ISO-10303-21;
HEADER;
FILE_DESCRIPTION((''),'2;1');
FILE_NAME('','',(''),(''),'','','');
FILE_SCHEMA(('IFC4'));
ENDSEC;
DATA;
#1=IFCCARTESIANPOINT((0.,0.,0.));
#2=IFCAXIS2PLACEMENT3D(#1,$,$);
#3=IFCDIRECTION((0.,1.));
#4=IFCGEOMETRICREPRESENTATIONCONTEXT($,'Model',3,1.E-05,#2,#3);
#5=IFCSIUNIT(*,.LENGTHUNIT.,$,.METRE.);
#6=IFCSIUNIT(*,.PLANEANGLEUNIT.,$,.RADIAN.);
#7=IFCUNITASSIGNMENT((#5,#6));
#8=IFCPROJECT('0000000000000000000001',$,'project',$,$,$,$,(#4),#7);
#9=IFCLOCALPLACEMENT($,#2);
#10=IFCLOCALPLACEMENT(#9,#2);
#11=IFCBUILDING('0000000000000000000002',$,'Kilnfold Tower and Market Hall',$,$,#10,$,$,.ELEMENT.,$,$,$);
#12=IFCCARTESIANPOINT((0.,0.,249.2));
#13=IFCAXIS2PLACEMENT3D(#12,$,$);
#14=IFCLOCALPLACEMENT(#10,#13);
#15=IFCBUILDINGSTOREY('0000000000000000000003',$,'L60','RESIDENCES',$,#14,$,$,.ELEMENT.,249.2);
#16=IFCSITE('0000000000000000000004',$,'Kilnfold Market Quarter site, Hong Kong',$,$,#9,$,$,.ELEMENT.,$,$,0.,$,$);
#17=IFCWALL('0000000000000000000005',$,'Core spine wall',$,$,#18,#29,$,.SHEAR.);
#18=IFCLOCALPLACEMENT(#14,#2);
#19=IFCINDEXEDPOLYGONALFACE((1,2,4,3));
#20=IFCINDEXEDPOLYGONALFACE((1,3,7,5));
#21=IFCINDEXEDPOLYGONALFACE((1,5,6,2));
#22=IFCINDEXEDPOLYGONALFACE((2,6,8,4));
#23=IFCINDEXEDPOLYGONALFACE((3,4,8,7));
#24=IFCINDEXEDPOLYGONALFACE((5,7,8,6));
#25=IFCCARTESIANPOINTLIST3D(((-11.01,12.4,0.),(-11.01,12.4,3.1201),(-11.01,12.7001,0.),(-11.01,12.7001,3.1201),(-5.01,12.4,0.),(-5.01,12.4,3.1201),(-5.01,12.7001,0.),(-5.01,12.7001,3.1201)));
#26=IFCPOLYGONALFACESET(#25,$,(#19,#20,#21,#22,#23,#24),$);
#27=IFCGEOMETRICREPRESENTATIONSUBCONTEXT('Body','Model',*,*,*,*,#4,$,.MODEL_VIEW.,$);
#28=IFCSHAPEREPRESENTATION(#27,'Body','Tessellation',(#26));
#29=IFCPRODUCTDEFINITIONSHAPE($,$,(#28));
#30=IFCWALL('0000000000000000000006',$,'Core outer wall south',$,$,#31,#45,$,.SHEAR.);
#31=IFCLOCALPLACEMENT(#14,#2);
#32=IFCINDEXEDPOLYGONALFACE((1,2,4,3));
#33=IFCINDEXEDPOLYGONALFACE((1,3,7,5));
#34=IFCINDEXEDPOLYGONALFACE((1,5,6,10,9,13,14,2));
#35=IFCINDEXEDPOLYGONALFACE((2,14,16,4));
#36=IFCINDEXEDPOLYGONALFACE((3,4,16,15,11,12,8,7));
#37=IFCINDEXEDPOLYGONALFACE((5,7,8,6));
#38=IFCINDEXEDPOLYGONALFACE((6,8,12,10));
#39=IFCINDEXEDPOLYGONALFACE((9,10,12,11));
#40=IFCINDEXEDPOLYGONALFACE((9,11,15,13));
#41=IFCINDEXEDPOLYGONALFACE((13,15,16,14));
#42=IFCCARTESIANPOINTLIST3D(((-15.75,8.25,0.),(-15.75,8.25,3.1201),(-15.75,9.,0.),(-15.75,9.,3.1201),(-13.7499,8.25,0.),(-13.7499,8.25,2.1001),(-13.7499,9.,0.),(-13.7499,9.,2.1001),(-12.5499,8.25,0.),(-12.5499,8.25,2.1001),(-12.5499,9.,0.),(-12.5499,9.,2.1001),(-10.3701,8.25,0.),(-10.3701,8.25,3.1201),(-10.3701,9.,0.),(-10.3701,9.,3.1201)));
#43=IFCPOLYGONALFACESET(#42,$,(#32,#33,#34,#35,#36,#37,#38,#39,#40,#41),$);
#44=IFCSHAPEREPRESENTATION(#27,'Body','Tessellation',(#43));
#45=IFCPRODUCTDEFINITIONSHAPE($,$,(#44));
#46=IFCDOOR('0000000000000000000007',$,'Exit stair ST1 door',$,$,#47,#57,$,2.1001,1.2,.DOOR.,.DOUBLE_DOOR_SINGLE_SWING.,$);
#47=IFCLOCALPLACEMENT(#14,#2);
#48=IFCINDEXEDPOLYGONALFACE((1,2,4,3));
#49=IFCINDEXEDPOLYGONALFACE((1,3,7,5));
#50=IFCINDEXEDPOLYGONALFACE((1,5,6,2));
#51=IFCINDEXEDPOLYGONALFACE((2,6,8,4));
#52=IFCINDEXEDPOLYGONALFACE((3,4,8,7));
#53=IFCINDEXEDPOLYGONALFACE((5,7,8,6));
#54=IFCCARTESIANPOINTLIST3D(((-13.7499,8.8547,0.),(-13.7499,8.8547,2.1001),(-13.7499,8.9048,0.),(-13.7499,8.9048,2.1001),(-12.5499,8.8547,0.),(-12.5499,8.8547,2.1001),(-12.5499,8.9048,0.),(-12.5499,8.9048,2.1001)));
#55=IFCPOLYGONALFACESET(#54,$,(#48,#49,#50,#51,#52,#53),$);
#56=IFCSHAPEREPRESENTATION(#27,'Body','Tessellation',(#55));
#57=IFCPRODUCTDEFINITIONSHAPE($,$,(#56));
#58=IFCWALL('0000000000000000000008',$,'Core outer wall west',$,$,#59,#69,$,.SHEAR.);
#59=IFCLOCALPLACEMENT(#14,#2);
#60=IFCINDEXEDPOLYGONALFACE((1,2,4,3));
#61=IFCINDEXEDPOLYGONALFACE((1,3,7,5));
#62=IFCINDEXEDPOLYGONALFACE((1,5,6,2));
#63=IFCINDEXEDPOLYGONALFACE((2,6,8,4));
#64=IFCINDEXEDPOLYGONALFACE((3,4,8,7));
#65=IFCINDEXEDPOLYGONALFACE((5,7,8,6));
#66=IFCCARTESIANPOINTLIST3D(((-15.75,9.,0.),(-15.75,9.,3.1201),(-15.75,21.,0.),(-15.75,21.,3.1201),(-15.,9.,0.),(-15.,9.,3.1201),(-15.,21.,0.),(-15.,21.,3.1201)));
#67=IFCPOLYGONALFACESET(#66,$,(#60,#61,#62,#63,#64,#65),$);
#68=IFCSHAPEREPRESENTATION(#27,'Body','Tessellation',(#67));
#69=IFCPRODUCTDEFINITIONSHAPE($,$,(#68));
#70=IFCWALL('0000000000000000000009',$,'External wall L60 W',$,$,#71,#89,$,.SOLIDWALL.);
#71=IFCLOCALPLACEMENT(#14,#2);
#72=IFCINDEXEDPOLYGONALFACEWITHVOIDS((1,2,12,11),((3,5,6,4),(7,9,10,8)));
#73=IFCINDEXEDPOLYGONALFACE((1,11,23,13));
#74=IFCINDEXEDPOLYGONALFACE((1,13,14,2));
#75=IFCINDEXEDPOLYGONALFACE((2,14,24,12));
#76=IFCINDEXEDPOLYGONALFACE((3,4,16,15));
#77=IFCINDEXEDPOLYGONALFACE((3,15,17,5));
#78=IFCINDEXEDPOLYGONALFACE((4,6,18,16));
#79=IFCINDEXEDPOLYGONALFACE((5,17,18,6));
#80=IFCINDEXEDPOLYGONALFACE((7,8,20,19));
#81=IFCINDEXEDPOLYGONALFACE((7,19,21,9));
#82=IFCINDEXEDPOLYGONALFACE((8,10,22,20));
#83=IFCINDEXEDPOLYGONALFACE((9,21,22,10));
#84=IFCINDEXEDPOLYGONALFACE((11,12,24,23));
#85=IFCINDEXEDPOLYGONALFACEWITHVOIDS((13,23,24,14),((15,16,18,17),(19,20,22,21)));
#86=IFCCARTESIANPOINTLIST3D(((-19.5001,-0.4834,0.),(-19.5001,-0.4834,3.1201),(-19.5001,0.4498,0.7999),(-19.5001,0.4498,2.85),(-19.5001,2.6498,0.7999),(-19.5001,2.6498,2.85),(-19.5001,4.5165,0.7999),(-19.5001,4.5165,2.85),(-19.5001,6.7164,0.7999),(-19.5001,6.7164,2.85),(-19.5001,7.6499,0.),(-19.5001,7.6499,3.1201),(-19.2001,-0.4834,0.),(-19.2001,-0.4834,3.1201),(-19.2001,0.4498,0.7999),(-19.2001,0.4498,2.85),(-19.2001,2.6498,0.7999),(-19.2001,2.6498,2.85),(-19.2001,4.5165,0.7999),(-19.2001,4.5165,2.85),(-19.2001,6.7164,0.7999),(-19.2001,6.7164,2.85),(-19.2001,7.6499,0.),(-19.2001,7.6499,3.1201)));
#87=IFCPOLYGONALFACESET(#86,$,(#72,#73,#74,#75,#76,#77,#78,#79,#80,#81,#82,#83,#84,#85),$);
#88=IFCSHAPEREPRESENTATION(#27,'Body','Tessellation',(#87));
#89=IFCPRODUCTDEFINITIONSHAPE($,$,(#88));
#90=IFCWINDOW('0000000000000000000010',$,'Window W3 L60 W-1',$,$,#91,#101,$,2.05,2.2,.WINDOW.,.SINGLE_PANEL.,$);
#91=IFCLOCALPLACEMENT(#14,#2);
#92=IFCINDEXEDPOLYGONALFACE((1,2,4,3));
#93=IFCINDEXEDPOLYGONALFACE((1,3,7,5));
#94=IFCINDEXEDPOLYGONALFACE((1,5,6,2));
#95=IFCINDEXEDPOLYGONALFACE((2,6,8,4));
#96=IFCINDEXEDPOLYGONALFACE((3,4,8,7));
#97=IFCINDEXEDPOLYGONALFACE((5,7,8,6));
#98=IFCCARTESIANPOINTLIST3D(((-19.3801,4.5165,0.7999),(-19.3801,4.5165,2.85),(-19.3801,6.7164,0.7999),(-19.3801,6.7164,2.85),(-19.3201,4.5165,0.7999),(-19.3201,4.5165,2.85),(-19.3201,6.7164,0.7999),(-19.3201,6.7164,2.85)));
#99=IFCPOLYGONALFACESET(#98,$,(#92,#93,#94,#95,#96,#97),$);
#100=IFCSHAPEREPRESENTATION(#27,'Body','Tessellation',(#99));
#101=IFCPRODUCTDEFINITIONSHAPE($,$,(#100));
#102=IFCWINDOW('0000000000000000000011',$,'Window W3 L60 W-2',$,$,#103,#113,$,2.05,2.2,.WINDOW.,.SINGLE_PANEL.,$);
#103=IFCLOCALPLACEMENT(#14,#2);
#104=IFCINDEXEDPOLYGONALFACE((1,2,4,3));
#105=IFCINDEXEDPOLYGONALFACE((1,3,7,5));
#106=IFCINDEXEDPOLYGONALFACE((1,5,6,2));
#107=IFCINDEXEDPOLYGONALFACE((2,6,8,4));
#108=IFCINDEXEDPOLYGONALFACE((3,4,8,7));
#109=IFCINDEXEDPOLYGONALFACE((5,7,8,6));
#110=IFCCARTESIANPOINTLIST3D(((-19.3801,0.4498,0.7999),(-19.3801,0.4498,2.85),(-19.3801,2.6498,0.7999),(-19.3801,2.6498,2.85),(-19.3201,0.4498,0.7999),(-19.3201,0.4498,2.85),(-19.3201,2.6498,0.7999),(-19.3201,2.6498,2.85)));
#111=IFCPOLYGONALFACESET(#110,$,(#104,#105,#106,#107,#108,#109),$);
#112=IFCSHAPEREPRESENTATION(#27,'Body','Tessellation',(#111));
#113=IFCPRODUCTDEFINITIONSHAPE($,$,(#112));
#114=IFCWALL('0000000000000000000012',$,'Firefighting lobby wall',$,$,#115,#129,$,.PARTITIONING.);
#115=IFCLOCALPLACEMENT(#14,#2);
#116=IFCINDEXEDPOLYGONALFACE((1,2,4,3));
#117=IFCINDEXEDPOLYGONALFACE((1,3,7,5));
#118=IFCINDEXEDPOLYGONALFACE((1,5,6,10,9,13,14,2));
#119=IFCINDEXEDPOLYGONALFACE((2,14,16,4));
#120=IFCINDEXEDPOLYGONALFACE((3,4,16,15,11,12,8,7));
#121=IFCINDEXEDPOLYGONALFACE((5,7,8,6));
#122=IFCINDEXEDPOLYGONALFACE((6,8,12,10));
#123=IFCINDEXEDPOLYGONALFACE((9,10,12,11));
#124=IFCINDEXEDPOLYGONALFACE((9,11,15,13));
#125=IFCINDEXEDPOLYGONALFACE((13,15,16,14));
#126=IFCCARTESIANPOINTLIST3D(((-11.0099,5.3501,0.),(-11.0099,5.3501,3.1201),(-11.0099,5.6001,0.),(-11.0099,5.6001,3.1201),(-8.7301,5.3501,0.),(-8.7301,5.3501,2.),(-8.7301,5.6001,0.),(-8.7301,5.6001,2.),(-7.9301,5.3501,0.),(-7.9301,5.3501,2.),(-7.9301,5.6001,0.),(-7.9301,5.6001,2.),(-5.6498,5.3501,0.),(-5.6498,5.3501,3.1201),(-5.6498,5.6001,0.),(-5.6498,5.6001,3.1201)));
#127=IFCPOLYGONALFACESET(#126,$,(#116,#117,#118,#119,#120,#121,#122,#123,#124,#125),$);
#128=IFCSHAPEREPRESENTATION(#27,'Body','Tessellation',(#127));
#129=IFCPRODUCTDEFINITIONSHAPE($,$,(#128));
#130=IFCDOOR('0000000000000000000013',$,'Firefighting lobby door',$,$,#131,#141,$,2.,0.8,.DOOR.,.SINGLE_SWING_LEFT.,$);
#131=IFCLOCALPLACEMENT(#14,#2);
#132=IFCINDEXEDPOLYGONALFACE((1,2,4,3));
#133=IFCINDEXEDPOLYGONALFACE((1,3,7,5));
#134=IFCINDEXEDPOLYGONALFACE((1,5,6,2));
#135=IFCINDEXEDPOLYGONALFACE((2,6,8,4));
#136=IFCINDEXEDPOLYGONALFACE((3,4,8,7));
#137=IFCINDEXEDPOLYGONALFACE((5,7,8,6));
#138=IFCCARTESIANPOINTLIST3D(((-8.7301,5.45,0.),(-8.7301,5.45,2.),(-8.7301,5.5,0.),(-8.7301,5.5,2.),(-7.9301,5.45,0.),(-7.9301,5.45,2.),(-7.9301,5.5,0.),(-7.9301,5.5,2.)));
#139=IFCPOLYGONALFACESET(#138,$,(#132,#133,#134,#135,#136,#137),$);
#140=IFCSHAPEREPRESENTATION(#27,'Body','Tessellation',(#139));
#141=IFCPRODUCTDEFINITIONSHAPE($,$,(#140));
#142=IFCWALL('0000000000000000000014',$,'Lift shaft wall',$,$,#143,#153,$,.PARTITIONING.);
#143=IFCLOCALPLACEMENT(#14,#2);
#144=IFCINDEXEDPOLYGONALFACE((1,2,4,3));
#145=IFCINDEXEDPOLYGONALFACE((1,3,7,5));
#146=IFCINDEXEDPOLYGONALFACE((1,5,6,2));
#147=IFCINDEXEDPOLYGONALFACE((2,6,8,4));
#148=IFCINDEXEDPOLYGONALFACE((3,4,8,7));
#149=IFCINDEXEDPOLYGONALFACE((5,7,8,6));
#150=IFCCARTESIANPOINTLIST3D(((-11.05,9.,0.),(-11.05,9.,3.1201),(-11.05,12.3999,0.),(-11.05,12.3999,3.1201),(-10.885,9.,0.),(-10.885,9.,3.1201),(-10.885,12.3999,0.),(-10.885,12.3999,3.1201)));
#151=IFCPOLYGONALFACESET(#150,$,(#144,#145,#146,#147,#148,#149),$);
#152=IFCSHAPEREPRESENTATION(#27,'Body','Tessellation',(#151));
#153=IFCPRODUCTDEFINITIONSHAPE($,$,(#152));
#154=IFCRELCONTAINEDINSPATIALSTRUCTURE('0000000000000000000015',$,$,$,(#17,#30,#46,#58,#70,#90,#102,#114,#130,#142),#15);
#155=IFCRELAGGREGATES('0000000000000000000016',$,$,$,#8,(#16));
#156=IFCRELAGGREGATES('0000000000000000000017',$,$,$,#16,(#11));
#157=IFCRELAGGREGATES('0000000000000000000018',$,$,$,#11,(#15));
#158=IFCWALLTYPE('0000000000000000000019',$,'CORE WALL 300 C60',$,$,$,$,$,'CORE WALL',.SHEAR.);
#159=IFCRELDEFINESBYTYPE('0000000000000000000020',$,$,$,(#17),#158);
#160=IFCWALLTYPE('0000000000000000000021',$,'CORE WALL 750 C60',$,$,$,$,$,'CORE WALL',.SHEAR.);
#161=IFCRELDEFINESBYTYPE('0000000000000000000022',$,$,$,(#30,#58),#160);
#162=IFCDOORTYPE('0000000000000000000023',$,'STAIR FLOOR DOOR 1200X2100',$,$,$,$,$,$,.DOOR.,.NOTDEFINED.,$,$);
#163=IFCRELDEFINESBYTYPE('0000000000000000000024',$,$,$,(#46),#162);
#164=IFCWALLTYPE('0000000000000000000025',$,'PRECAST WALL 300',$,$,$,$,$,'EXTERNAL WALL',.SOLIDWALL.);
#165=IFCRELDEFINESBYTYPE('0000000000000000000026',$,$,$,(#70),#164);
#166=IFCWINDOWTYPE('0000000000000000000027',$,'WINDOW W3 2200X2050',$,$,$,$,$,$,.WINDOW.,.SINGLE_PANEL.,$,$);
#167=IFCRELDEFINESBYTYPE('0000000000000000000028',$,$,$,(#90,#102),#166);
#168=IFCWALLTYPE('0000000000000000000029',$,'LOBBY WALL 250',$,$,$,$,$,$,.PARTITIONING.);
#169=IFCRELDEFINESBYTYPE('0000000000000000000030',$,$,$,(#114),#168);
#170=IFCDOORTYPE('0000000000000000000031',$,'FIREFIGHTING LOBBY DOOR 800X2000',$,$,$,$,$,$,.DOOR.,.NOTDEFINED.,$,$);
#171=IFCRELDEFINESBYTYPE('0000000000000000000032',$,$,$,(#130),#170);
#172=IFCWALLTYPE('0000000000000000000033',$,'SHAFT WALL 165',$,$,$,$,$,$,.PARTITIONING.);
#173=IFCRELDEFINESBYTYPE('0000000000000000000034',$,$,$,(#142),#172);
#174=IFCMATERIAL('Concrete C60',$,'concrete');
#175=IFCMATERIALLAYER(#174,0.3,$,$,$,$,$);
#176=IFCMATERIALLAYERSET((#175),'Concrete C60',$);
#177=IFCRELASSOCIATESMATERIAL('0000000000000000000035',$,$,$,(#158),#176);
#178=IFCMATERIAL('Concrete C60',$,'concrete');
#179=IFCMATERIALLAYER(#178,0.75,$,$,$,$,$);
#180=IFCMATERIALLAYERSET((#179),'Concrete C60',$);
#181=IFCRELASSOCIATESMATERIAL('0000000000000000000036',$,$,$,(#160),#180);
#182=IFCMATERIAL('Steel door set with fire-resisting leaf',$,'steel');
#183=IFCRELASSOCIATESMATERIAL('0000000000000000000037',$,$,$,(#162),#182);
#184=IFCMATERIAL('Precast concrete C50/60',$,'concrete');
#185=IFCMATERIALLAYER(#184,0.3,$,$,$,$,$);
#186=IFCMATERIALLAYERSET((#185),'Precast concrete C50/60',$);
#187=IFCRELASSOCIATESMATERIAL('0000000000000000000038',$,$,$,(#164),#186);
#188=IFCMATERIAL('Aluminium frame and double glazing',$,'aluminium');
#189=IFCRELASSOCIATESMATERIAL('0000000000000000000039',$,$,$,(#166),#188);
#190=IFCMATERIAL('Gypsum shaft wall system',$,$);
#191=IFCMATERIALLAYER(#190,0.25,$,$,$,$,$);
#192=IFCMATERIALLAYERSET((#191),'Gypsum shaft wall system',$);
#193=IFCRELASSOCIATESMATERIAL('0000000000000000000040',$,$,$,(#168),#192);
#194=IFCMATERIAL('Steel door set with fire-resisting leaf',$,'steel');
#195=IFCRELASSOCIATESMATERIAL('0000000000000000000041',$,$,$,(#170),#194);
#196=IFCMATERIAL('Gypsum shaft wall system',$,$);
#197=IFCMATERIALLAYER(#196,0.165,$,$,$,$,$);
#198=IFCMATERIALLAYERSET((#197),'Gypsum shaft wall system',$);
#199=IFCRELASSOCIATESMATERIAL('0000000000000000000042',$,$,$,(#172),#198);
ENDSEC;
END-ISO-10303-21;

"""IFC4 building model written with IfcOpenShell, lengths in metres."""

from ifc_helpers import new_model, si_unit, direction, frame, frame_2d, origin, place, context, subcontext, project, spatial, rectangle, extrude, source, transform, mapped, material, layer, layer_set, type_object, element, fill, save


model = new_model("IFC4")

# Units and contexts
model_context = context("Model", 3, precision=1e-05, world=origin(), true_north=direction((0.0, 1.0)))
body_context = subcontext(model_context, "Body", "Model", "MODEL_VIEW")
ifc_project = project(units=[si_unit("LENGTHUNIT", "METRE"), si_unit("PLANEANGLEUNIT", "RADIAN")], contexts=[model_context])

# Site, building, storey
site_placement = place(None, origin())
site = spatial("IfcSite", under=ifc_project, at=site_placement, Name="Kilnfold Market Quarter site, Hong Kong", CompositionType="ELEMENT", RefElevation=0.0)
building_placement = place(site_placement, origin())
building = spatial("IfcBuilding", under=site, at=building_placement, Name="Kilnfold Tower and Market Hall", CompositionType="ELEMENT")
storey_placement = place(building_placement, frame((0.0, 0.0, 249.2)))
storey = spatial("IfcBuildingStorey", under=building, at=storey_placement, Name="L60", Description="RESIDENCES", CompositionType="ELEMENT", Elevation=249.2)

# Wall
ifc_material_1 = material(Name="Concrete C60", Category="concrete")
ifc_layer_1 = layer(ifc_material_1, 0.3)
ifc_layer_set_1 = layer_set([ifc_layer_1], Name="Concrete C60")
wall_type_1 = type_object("IfcWallType", Name="CORE WALL 300 C60", ElementType="CORE WALL", PredefinedType="SHEAR", material=ifc_layer_set_1)
shared_shape_1 = source(origin(), body_context, "Body", "SweptSolid", [
    extrude(rectangle(XDim=6.0, YDim=0.3, at=frame_2d((3.0, 0.0))), origin(), (0.0, 0.0, 1.0), 3.1201),
])
wall_1_placement = place(storey_placement, frame((-11.01, 12.55, 0.0), z_axis=(0.0, 0.0, 1.0), x_axis=(1.0, 0.0, 0.0)))
element("IfcWall", 1, at=wall_1_placement, inside=storey, type_object=wall_type_1, Name="Core spine wall", PredefinedType="SHEAR", context=body_context, shape_type="MappedRepresentation", body=[
    mapped(shared_shape_1, transform((0.0, 0.0, 0.0))),
])

# Wall, opening, door
ifc_material_2 = material(Name="Concrete C60", Category="concrete")
ifc_layer_2 = layer(ifc_material_2, 0.75)
ifc_layer_set_2 = layer_set([ifc_layer_2], Name="Concrete C60")
wall_type_2 = type_object("IfcWallType", Name="CORE WALL 750 C60", ElementType="CORE WALL", PredefinedType="SHEAR", material=ifc_layer_set_2)
shared_shape_2 = source(origin(), body_context, "Body", "SweptSolid", [
    extrude(rectangle(XDim=5.3799, YDim=0.75, at=frame_2d((2.6899, 0.0))), origin(), (0.0, 0.0, 1.0), 3.1201),
])
wall_2_placement = place(storey_placement, frame((-15.75, 8.625, 0.0), z_axis=(0.0, 0.0, 1.0), x_axis=(1.0, 0.0, 0.0)))
wall_2 = element("IfcWall", 2, at=wall_2_placement, inside=storey, type_object=wall_type_2, Name="Core outer wall south", PredefinedType="SHEAR", context=body_context, shape_type="MappedRepresentation", body=[
    mapped(shared_shape_2, transform((0.0, 0.0, 0.0))),
])
opening_1_placement = place(wall_2_placement, frame((2.0, 0.0, 0.0)))
opening_1 = element("IfcOpeningElement", 3, at=opening_1_placement, cuts=wall_2, PredefinedType="OPENING", context=body_context, shape_type="SweptSolid", body=[
    extrude(rectangle(XDim=1.2, YDim=2.1001, at=frame_2d((0.6001, 1.05))), frame((0.0, 0.385, 0.0), z_axis=(0.0, -1.0, 0.0), x_axis=(1.0, 0.0, 0.0)), (0.0, 0.0, 1.0), 0.77),
])
ifc_material_3 = material(Name="Steel door set with fire-resisting leaf", Category="steel")
door_type_1 = type_object("IfcDoorType", Name="STAIR FLOOR DOOR 1200X2100", OperationType="NOTDEFINED", PredefinedType="DOOR", material=ifc_material_3)
door_1_placement = place(opening_1_placement, origin())
door_1 = element("IfcDoor", 4, at=door_1_placement, inside=storey, type_object=door_type_1, Name="Exit stair ST1 door", OperationType="DOUBLE_DOOR_SINGLE_SWING", OverallHeight=2.1001, OverallWidth=1.2, PredefinedType="DOOR", context=body_context, shape_type="SweptSolid", body=[
    extrude(rectangle(XDim=1.2, YDim=2.1001, at=frame_2d((0.6001, 1.05))), frame((0.0, 0.2798, 0.0), z_axis=(0.0, -1.0, 0.0), x_axis=(1.0, 0.0, 0.0)), (0.0, 0.0, 1.0), 0.05),
])
fill(opening_1, door_1)

# Wall
shared_shape_3 = source(origin(), body_context, "Body", "SweptSolid", [
    extrude(rectangle(XDim=12.0, YDim=0.75, at=frame_2d((6.0, 0.0))), origin(), (0.0, 0.0, 1.0), 3.1201),
])
wall_3_placement = place(storey_placement, frame((-15.375, 9.0, 0.0), z_axis=(0.0, 0.0, 1.0), x_axis=(0.0, 1.0, 0.0)))
element("IfcWall", 5, at=wall_3_placement, inside=storey, type_object=wall_type_2, Name="Core outer wall west", PredefinedType="SHEAR", context=body_context, shape_type="MappedRepresentation", body=[
    mapped(shared_shape_3, transform((0.0, 0.0, 0.0))),
])

# Wall, openings, windows
ifc_material_4 = material(Name="Precast concrete C50/60", Category="concrete")
ifc_layer_3 = layer(ifc_material_4, 0.3)
ifc_layer_set_3 = layer_set([ifc_layer_3], Name="Precast concrete C50/60")
wall_type_3 = type_object("IfcWallType", Name="PRECAST WALL 300", ElementType="EXTERNAL WALL", PredefinedType="SOLIDWALL", material=ifc_layer_set_3)
shared_shape_4 = source(origin(), body_context, "Body", "SweptSolid", [
    extrude(rectangle(XDim=8.1333, YDim=0.3, at=frame_2d((4.0667, 0.0))), origin(), (0.0, 0.0, 1.0), 3.1201),
])
wall_4_placement = place(storey_placement, frame((-19.3501, 7.6499, 0.0), z_axis=(0.0, 0.0, 1.0), x_axis=(0.0, -1.0, 0.0)))
wall_4 = element("IfcWall", 6, at=wall_4_placement, inside=storey, type_object=wall_type_3, Name="External wall L60 W", PredefinedType="SOLIDWALL", context=body_context, shape_type="MappedRepresentation", body=[
    mapped(shared_shape_4, transform((0.0, 0.0, 0.0))),
])
opening_2_placement = place(wall_4_placement, frame((0.9333, 0.0, 0.8)))
opening_2 = element("IfcOpeningElement", 7, at=opening_2_placement, cuts=wall_4, PredefinedType="OPENING", context=body_context, shape_type="SweptSolid", body=[
    extrude(rectangle(XDim=2.2, YDim=2.05, at=frame_2d((1.1001, 1.0249))), frame((0.0, 0.1602, 0.0), z_axis=(0.0, -1.0, 0.0), x_axis=(1.0, 0.0, 0.0)), (0.0, 0.0, 1.0), 0.3201),
])
opening_3_placement = place(wall_4_placement, frame((5.0, 0.0, 0.8)))
opening_3 = element("IfcOpeningElement", 8, at=opening_3_placement, cuts=wall_4, PredefinedType="OPENING", context=body_context, shape_type="SweptSolid", body=[
    extrude(rectangle(XDim=2.2, YDim=2.05, at=frame_2d((1.1001, 1.0249))), frame((0.0, 0.1602, 0.0), z_axis=(0.0, -1.0, 0.0), x_axis=(1.0, 0.0, 0.0)), (0.0, 0.0, 1.0), 0.3201),
])
ifc_material_5 = material(Name="Aluminium frame and double glazing", Category="aluminium")
window_type = type_object("IfcWindowType", Name="WINDOW W3 2200X2050", PartitioningType="SINGLE_PANEL", PredefinedType="WINDOW", material=ifc_material_5)
window_1_placement = place(opening_2_placement, origin())
window_1 = element("IfcWindow", 9, at=window_1_placement, inside=storey, type_object=window_type, Name="Window W3 L60 W-1", OverallHeight=2.05, OverallWidth=2.2, PartitioningType="SINGLE_PANEL", PredefinedType="WINDOW", context=body_context, shape_type="SweptSolid", body=[
    extrude(rectangle(XDim=2.2, YDim=2.05, at=frame_2d((1.1001, 1.0249))), frame((0.0, 0.03, 0.0), z_axis=(0.0, -1.0, 0.0), x_axis=(1.0, 0.0, 0.0)), (0.0, 0.0, 1.0), 0.0601),
])
fill(opening_2, window_1)
window_2_placement = place(opening_3_placement, origin())
window_2 = element("IfcWindow", 10, at=window_2_placement, inside=storey, type_object=window_type, Name="Window W3 L60 W-2", OverallHeight=2.05, OverallWidth=2.2, PartitioningType="SINGLE_PANEL", PredefinedType="WINDOW", context=body_context, shape_type="SweptSolid", body=[
    extrude(rectangle(XDim=2.2, YDim=2.05, at=frame_2d((1.1001, 1.0249))), frame((0.0, 0.03, 0.0), z_axis=(0.0, -1.0, 0.0), x_axis=(1.0, 0.0, 0.0)), (0.0, 0.0, 1.0), 0.0601),
])
fill(opening_3, window_2)

# Wall, opening, door
ifc_material_6 = material(Name="Gypsum shaft wall system")
ifc_layer_4 = layer(ifc_material_6, 0.25)
ifc_layer_set_4 = layer_set([ifc_layer_4], Name="Gypsum shaft wall system")
wall_type_4 = type_object("IfcWallType", Name="LOBBY WALL 250", PredefinedType="PARTITIONING", material=ifc_layer_set_4)
shared_shape_5 = source(origin(), body_context, "Body", "SweptSolid", [
    extrude(rectangle(XDim=5.3601, YDim=0.25, at=frame_2d((2.6802, 0.0))), origin(), (0.0, 0.0, 1.0), 3.1201),
])
wall_5_placement = place(storey_placement, frame((-11.01, 5.4751, 0.0), z_axis=(0.0, 0.0, 1.0), x_axis=(1.0, 0.0, 0.0)))
wall_5 = element("IfcWall", 11, at=wall_5_placement, inside=storey, type_object=wall_type_4, Name="Firefighting lobby wall", PredefinedType="PARTITIONING", context=body_context, shape_type="MappedRepresentation", body=[
    mapped(shared_shape_5, transform((0.0, 0.0, 0.0))),
])
opening_4_placement = place(wall_5_placement, frame((2.28, 0.0, 0.0)))
opening_4 = element("IfcOpeningElement", 12, at=opening_4_placement, cuts=wall_5, PredefinedType="OPENING", context=body_context, shape_type="SweptSolid", body=[
    extrude(rectangle(XDim=0.8, YDim=2.0, at=frame_2d((0.3999, 1.0))), frame((0.0, 0.135, 0.0), z_axis=(0.0, -1.0, 0.0), x_axis=(1.0, 0.0, 0.0)), (0.0, 0.0, 1.0), 0.27),
])
ifc_material_7 = material(Name="Steel door set with fire-resisting leaf", Category="steel")
door_type_2 = type_object("IfcDoorType", Name="FIREFIGHTING LOBBY DOOR 800X2000", OperationType="NOTDEFINED", PredefinedType="DOOR", material=ifc_material_7)
door_2_placement = place(opening_4_placement, origin())
door_2 = element("IfcDoor", 13, at=door_2_placement, inside=storey, type_object=door_type_2, Name="Firefighting lobby door", OperationType="SINGLE_SWING_LEFT", OverallHeight=2.0, OverallWidth=0.8, PredefinedType="DOOR", context=body_context, shape_type="SweptSolid", body=[
    extrude(rectangle(XDim=0.8, YDim=2.0, at=frame_2d((0.3999, 1.0))), frame((0.0, 0.0249, 0.0), z_axis=(0.0, -1.0, 0.0), x_axis=(1.0, 0.0, 0.0)), (0.0, 0.0, 1.0), 0.05),
])
fill(opening_4, door_2)

# Wall
ifc_material_8 = material(Name="Gypsum shaft wall system")
ifc_layer_5 = layer(ifc_material_8, 0.165)
ifc_layer_set_5 = layer_set([ifc_layer_5], Name="Gypsum shaft wall system")
wall_type_5 = type_object("IfcWallType", Name="SHAFT WALL 165", PredefinedType="PARTITIONING", material=ifc_layer_set_5)
shared_shape_6 = source(origin(), body_context, "Body", "SweptSolid", [
    extrude(rectangle(XDim=3.3999, YDim=0.165, at=frame_2d((1.7, 0.0))), origin(), (0.0, 0.0, 1.0), 3.1201),
])
wall_6_placement = place(storey_placement, frame((-10.9675, 9.0, 0.0), z_axis=(0.0, 0.0, 1.0), x_axis=(0.0, 1.0, 0.0)))
element("IfcWall", 14, at=wall_6_placement, inside=storey, type_object=wall_type_5, Name="Lift shaft wall", PredefinedType="PARTITIONING", context=body_context, shape_type="MappedRepresentation", body=[
    mapped(shared_shape_6, transform((0.0, 0.0, 0.0))),
])

save(model, "model.ifc")
